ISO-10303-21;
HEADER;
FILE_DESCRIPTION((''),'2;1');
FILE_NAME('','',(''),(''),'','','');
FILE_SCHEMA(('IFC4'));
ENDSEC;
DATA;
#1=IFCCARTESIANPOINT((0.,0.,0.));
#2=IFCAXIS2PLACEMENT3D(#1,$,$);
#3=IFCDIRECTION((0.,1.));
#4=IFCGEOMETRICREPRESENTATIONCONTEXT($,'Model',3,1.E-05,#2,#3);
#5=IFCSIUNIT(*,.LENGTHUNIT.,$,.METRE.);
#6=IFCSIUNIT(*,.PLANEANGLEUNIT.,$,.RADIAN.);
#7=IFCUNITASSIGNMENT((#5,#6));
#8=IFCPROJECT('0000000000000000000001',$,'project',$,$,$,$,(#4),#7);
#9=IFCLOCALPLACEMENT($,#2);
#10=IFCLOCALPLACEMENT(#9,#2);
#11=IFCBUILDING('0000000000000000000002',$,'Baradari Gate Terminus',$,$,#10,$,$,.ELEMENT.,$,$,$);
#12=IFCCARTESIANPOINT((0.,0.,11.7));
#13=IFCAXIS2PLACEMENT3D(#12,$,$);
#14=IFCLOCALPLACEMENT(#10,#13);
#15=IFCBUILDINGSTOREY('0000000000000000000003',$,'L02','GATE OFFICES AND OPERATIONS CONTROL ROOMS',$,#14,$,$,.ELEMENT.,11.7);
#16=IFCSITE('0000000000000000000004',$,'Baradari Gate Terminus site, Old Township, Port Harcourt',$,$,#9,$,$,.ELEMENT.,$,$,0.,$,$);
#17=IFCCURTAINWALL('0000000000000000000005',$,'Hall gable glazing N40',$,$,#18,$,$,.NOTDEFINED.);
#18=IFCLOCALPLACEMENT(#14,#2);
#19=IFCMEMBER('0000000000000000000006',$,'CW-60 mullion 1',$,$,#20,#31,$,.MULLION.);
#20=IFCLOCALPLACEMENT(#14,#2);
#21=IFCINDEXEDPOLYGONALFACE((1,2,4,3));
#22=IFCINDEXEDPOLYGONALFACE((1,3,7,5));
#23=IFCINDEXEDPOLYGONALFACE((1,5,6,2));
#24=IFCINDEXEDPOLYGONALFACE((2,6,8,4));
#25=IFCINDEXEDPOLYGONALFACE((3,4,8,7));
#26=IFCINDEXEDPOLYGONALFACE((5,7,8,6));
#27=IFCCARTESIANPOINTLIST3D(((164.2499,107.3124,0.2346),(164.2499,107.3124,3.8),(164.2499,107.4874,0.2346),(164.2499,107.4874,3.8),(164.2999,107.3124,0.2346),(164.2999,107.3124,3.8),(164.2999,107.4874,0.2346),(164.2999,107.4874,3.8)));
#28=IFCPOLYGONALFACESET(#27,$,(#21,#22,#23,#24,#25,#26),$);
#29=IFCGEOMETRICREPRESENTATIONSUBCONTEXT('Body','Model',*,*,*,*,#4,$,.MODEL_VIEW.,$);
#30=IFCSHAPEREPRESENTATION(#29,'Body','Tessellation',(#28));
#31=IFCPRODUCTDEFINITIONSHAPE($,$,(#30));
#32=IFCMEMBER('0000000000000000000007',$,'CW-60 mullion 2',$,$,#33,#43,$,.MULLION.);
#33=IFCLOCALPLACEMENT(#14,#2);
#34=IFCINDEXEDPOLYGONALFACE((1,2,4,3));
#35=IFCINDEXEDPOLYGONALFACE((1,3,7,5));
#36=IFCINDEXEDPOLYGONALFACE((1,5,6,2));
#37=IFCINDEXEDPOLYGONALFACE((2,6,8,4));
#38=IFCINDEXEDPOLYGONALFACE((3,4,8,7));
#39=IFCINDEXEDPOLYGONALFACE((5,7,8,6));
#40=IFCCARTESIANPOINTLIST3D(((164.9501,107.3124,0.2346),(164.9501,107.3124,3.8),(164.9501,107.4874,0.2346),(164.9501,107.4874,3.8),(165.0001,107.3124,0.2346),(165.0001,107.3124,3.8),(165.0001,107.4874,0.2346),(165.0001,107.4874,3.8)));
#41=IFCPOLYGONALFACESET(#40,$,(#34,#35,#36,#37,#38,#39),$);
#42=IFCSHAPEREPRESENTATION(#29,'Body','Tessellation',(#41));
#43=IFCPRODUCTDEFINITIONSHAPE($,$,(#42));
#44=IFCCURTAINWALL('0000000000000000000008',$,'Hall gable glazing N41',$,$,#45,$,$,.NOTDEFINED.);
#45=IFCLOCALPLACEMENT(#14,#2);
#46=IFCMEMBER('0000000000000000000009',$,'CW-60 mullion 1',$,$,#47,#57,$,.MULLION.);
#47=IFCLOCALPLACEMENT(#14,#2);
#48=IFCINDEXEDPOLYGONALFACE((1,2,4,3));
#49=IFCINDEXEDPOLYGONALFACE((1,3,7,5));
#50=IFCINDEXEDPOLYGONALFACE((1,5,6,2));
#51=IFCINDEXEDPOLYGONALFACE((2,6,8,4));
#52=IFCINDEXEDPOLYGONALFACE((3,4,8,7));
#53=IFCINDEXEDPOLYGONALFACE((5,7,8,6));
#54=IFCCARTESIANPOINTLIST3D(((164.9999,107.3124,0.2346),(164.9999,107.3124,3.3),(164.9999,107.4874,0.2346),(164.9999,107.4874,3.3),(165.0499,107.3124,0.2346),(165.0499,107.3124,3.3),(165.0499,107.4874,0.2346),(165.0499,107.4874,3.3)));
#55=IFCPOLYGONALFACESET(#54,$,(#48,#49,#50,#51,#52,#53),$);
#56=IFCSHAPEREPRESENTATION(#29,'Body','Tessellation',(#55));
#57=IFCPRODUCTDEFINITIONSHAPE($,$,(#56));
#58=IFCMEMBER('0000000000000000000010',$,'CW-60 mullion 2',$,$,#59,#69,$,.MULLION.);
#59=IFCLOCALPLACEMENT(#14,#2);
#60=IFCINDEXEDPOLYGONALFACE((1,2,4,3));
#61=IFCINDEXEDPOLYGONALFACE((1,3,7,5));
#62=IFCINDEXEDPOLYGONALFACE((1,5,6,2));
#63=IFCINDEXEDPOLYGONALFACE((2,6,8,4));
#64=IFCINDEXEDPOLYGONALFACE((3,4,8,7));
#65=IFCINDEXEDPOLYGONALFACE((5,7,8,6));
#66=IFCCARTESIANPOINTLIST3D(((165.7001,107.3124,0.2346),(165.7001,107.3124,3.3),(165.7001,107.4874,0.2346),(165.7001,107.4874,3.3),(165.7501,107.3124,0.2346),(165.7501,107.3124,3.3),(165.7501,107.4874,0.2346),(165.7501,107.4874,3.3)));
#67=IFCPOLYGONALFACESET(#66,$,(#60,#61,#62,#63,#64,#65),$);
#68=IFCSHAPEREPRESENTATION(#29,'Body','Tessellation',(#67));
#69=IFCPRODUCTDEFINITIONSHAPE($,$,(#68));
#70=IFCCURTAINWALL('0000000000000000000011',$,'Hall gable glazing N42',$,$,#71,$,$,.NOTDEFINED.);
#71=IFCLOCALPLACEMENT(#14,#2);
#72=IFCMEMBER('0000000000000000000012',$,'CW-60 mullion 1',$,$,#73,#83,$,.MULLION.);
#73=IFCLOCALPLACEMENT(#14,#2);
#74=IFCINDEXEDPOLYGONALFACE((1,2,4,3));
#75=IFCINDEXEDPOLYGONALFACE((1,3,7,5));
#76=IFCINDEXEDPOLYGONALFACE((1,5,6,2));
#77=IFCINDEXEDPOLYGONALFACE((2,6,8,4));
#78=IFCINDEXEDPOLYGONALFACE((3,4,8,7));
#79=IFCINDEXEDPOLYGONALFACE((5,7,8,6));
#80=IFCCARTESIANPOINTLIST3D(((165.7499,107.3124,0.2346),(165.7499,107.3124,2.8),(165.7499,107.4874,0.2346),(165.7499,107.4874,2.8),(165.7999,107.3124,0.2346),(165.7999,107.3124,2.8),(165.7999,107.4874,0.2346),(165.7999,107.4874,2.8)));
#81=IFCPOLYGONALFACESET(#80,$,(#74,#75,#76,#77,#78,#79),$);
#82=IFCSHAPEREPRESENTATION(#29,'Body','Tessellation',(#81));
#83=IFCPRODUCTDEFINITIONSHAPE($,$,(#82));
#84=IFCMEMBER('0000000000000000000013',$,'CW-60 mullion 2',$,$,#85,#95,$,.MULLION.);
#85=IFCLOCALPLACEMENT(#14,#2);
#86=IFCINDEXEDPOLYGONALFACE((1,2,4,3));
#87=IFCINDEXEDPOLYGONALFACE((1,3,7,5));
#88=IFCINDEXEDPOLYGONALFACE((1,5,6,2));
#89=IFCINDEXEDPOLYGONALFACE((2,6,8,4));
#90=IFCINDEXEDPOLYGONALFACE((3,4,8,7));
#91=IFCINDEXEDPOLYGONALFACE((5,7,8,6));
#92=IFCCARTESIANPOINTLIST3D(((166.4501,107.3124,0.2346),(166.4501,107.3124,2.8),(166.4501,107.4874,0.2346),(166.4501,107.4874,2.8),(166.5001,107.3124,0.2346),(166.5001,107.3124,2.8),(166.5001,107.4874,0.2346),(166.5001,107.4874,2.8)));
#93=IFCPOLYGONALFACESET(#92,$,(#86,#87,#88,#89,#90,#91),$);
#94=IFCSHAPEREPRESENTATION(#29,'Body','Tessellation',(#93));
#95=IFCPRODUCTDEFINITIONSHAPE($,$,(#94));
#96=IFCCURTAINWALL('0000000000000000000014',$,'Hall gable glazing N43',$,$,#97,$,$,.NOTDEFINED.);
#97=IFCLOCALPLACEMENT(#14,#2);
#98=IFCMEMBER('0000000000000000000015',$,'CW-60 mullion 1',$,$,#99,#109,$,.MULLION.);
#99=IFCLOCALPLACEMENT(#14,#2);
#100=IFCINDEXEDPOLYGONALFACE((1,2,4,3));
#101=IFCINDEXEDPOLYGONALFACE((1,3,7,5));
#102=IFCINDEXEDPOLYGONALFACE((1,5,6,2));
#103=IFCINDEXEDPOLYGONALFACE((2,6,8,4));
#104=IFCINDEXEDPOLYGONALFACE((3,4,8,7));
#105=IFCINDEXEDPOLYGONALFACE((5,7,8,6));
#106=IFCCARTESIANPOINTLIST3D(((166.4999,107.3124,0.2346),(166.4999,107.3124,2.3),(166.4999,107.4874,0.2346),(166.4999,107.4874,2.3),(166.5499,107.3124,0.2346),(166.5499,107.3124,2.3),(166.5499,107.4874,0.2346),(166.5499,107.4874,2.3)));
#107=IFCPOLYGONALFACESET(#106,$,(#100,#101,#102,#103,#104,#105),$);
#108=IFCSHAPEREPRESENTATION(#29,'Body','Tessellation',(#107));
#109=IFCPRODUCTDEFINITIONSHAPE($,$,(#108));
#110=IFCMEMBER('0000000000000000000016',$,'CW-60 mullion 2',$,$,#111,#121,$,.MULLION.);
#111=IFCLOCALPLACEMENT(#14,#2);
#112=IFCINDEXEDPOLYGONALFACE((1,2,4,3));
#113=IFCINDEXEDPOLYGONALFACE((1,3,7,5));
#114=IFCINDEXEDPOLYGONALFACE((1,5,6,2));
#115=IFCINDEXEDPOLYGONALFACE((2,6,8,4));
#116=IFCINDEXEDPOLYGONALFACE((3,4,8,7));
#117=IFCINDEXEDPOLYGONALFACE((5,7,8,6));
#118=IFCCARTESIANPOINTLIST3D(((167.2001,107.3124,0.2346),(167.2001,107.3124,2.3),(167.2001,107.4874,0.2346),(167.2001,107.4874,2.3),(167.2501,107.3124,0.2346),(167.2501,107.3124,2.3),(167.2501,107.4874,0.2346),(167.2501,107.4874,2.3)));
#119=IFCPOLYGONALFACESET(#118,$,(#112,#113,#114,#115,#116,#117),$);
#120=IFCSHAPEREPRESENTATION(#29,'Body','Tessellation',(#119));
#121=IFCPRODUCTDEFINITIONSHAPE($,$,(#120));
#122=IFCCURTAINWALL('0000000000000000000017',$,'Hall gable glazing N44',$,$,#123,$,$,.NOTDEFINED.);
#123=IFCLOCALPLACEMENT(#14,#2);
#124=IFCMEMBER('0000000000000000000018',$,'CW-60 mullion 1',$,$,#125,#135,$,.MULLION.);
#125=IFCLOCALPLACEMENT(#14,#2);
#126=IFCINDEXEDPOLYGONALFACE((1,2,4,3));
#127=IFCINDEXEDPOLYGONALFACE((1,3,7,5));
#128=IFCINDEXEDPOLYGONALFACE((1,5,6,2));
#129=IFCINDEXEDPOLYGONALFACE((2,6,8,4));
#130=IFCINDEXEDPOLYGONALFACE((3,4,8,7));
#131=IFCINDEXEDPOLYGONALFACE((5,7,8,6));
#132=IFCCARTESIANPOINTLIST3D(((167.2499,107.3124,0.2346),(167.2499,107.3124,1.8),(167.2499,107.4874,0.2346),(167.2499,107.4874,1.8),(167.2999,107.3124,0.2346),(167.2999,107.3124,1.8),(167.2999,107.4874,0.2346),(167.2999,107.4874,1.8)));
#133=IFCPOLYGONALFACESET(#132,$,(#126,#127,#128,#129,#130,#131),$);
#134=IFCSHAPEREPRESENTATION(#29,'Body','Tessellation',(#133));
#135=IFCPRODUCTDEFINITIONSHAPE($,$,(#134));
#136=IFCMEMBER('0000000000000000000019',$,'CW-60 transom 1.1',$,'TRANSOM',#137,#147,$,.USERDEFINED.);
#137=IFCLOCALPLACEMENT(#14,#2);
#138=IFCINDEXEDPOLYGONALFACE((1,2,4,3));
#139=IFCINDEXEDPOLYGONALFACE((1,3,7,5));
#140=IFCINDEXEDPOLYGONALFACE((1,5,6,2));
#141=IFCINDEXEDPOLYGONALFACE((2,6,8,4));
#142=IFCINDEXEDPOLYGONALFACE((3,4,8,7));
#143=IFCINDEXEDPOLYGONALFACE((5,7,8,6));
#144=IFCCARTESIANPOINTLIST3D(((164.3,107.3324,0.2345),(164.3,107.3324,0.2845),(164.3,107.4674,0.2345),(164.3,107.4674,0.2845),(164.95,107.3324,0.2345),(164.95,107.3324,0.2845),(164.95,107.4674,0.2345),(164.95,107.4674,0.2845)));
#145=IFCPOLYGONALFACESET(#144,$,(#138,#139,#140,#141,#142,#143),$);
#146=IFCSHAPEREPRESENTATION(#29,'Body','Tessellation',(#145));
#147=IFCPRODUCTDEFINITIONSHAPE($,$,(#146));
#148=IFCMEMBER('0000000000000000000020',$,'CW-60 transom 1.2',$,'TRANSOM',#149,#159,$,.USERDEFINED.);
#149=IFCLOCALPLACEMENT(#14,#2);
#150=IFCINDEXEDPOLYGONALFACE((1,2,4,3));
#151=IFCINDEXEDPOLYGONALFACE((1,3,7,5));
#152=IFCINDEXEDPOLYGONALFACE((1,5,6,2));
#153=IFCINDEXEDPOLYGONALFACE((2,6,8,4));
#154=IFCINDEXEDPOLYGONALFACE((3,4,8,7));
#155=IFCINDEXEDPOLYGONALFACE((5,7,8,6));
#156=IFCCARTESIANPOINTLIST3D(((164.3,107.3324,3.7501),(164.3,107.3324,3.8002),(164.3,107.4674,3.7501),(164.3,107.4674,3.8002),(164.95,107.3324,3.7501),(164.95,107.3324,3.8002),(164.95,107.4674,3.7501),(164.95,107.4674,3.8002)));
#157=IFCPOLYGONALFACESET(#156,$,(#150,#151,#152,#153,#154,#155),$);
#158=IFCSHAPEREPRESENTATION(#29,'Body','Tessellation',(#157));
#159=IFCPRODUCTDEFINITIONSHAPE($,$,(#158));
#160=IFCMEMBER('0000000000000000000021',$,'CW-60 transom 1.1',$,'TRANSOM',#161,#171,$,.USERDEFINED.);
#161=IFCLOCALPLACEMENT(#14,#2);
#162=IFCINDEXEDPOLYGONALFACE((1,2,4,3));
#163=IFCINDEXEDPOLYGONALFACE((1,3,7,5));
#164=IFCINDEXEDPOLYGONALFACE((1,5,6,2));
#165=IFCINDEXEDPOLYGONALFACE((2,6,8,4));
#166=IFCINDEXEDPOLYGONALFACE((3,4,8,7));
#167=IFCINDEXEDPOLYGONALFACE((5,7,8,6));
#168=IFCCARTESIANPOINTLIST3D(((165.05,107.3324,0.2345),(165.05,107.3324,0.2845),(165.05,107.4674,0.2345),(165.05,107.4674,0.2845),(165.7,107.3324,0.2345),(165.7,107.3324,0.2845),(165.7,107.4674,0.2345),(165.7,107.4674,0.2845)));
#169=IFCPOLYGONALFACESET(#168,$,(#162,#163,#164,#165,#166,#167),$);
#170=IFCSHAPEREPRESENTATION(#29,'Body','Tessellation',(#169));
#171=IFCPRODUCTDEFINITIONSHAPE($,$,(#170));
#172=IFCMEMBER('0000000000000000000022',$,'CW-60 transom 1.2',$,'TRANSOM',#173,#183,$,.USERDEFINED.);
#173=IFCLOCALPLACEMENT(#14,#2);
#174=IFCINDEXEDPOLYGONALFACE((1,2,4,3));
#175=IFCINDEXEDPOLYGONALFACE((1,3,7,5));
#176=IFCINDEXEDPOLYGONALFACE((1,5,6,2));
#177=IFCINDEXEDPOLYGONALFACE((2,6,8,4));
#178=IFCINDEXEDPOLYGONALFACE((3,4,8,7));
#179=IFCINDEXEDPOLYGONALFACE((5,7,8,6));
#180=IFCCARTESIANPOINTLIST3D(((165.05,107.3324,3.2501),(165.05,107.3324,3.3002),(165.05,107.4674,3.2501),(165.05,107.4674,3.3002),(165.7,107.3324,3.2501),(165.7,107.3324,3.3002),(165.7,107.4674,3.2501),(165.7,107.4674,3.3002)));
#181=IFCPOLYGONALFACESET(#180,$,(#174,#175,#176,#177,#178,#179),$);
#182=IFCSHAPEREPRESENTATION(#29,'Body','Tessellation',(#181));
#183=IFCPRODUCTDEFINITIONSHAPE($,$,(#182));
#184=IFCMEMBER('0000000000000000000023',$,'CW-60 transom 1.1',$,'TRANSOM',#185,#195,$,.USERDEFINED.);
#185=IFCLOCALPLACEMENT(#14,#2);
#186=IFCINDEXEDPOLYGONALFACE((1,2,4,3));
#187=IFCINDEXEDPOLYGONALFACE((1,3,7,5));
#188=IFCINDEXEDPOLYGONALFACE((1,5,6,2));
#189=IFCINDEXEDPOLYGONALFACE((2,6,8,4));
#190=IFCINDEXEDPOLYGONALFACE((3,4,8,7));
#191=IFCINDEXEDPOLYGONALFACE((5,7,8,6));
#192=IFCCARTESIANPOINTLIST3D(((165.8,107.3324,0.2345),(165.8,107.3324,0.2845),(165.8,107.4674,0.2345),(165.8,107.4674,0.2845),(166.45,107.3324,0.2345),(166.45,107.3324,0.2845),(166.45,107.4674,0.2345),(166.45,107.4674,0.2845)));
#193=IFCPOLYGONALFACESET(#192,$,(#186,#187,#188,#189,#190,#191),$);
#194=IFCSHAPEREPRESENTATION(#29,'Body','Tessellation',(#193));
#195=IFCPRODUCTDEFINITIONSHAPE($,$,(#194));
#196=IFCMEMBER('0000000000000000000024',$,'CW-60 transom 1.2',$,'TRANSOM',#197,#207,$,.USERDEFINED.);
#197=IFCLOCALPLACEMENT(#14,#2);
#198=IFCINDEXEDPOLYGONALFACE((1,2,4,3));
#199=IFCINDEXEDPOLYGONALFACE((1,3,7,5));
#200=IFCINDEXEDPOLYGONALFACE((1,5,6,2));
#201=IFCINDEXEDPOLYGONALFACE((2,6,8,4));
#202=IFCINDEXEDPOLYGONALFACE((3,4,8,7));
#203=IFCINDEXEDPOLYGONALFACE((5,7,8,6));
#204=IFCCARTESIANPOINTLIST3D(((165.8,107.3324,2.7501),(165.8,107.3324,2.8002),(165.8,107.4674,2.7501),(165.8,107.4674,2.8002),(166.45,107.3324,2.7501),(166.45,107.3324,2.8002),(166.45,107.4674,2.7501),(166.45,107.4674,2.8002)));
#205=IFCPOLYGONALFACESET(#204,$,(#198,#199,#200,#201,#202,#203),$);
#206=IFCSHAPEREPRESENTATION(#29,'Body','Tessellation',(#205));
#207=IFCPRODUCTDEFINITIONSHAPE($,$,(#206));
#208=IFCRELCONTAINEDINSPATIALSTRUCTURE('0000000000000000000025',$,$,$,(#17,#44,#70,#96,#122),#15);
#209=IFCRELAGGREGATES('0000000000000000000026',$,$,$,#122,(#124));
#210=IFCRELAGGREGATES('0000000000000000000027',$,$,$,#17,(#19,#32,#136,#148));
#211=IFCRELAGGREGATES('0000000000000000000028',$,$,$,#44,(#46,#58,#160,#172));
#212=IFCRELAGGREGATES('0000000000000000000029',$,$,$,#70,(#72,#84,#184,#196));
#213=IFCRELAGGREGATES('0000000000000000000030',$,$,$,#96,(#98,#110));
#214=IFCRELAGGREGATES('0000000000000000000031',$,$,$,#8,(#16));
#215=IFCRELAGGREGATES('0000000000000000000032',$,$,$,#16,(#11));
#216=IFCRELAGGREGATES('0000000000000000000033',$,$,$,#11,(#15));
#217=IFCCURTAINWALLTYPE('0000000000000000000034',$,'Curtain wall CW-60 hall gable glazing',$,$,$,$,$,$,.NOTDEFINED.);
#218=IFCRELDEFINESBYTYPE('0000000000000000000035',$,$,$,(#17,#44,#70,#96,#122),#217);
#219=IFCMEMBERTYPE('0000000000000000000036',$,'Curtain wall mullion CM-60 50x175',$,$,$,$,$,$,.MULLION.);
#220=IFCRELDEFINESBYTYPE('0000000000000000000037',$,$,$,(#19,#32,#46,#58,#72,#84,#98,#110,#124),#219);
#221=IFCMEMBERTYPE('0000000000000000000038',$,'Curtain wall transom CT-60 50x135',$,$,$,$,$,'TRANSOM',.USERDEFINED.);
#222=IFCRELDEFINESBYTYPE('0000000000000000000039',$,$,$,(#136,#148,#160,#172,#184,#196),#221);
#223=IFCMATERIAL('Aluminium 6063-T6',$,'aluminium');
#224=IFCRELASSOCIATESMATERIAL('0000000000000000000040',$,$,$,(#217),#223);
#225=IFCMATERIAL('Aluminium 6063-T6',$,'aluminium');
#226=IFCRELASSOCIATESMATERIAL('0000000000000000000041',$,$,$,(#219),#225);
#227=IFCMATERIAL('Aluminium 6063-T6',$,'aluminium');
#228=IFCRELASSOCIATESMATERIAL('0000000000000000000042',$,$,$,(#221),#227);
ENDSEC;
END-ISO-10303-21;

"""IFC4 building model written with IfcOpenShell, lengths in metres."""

from ifc_helpers import new_model, si_unit, direction, frame, origin, origin_2d, place, context, subcontext, project, spatial, rectangle, extrude, material, material_profile, profile_set, type_object, element, aggregate, save


model = new_model("IFC4")

# Units and contexts
model_context = context("Model", 3, precision=1e-05, world=origin(), true_north=direction((0.0, 1.0)))
body_context = subcontext(model_context, "Body", "Model", "MODEL_VIEW")
ifc_project = project(units=[si_unit("LENGTHUNIT", "METRE"), si_unit("PLANEANGLEUNIT", "RADIAN")], contexts=[model_context])

# Site, building, storey
site_placement = place(None, origin())
site = spatial("IfcSite", under=ifc_project, at=site_placement, Name="Baradari Gate Terminus site, Old Township, Port Harcourt", CompositionType="ELEMENT", RefElevation=0.0)
building_placement = place(site_placement, origin())
building = spatial("IfcBuilding", under=site, at=building_placement, Name="Baradari Gate Terminus", CompositionType="ELEMENT")
storey_placement = place(building_placement, frame((0.0, 0.0, 11.7)))
storey = spatial("IfcBuildingStorey", under=building, at=storey_placement, Name="L02", Description="GATE OFFICES AND OPERATIONS CONTROL ROOMS", CompositionType="ELEMENT", Elevation=11.7)

# Curtain walls, members
ifc_material_1 = material(Name="Aluminium 6063-T6", Category="aluminium")
curtain_wall_type = type_object("IfcCurtainWallType", Name="Curtain wall CW-60 hall gable glazing", PredefinedType="NOTDEFINED", material=ifc_material_1)
curtain_wall_1_placement = place(storey_placement, origin())
curtain_wall_1 = element("IfcCurtainWall", 1, at=curtain_wall_1_placement, inside=storey, type_object=curtain_wall_type, Name="Hall gable glazing N40", PredefinedType="NOTDEFINED")
ifc_material_2 = material(Name="Aluminium 6063-T6", Category="aluminium")
ifc_material_profile_1 = material_profile(ifc_material_2, rectangle(XDim=0.175, YDim=0.05, at=origin_2d()), Name="CM-60 50X175")
ifc_profile_set_1 = profile_set([ifc_material_profile_1], Name="Aluminium 6063-T6")
member_type_1 = type_object("IfcMemberType", Name="Curtain wall mullion CM-60 50x175", PredefinedType="MULLION", material=ifc_profile_set_1)
member_1_placement = place(storey_placement, frame((164.2749, 107.3999, 0.2346), z_axis=(0.0, 0.0, 1.0), x_axis=(0.0, 1.0, 0.0)))
member_1 = element("IfcMember", 2, at=member_1_placement, type_object=member_type_1, Name="CW-60 mullion 1", PredefinedType="MULLION", context=body_context, shape_type="SweptSolid", body=[
    extrude(rectangle(XDim=0.175, YDim=0.05, at=origin_2d()), origin(), (0.0, 0.0, 1.0), 3.5654),
])
member_2_placement = place(storey_placement, frame((164.9751, 107.3999, 0.2346), z_axis=(0.0, 0.0, 1.0), x_axis=(0.0, 1.0, 0.0)))
member_2 = element("IfcMember", 3, at=member_2_placement, type_object=member_type_1, Name="CW-60 mullion 2", PredefinedType="MULLION", context=body_context, shape_type="SweptSolid", body=[
    extrude(rectangle(XDim=0.175, YDim=0.05, at=origin_2d()), origin(), (0.0, 0.0, 1.0), 3.5654),
])
curtain_wall_2_placement = place(storey_placement, origin())
curtain_wall_2 = element("IfcCurtainWall", 4, at=curtain_wall_2_placement, inside=storey, type_object=curtain_wall_type, Name="Hall gable glazing N41", PredefinedType="NOTDEFINED")
member_3_placement = place(storey_placement, frame((165.0249, 107.3999, 0.2346), z_axis=(0.0, 0.0, 1.0), x_axis=(0.0, 1.0, 0.0)))
member_3 = element("IfcMember", 5, at=member_3_placement, type_object=member_type_1, Name="CW-60 mullion 1", PredefinedType="MULLION", context=body_context, shape_type="SweptSolid", body=[
    extrude(rectangle(XDim=0.175, YDim=0.05, at=origin_2d()), origin(), (0.0, 0.0, 1.0), 3.0654),
])
member_4_placement = place(storey_placement, frame((165.7251, 107.3999, 0.2346), z_axis=(0.0, 0.0, 1.0), x_axis=(0.0, 1.0, 0.0)))
member_4 = element("IfcMember", 6, at=member_4_placement, type_object=member_type_1, Name="CW-60 mullion 2", PredefinedType="MULLION", context=body_context, shape_type="SweptSolid", body=[
    extrude(rectangle(XDim=0.175, YDim=0.05, at=origin_2d()), origin(), (0.0, 0.0, 1.0), 3.0654),
])
curtain_wall_3_placement = place(storey_placement, origin())
curtain_wall_3 = element("IfcCurtainWall", 7, at=curtain_wall_3_placement, inside=storey, type_object=curtain_wall_type, Name="Hall gable glazing N42", PredefinedType="NOTDEFINED")
member_5_placement = place(storey_placement, frame((165.7749, 107.3999, 0.2346), z_axis=(0.0, 0.0, 1.0), x_axis=(0.0, 1.0, 0.0)))
member_5 = element("IfcMember", 8, at=member_5_placement, type_object=member_type_1, Name="CW-60 mullion 1", PredefinedType="MULLION", context=body_context, shape_type="SweptSolid", body=[
    extrude(rectangle(XDim=0.175, YDim=0.05, at=origin_2d()), origin(), (0.0, 0.0, 1.0), 2.5654),
])
member_6_placement = place(storey_placement, frame((166.4751, 107.3999, 0.2346), z_axis=(0.0, 0.0, 1.0), x_axis=(0.0, 1.0, 0.0)))
member_6 = element("IfcMember", 9, at=member_6_placement, type_object=member_type_1, Name="CW-60 mullion 2", PredefinedType="MULLION", context=body_context, shape_type="SweptSolid", body=[
    extrude(rectangle(XDim=0.175, YDim=0.05, at=origin_2d()), origin(), (0.0, 0.0, 1.0), 2.5654),
])
curtain_wall_4_placement = place(storey_placement, origin())
curtain_wall_4 = element("IfcCurtainWall", 10, at=curtain_wall_4_placement, inside=storey, type_object=curtain_wall_type, Name="Hall gable glazing N43", PredefinedType="NOTDEFINED")
member_7_placement = place(storey_placement, frame((166.5249, 107.3999, 0.2346), z_axis=(0.0, 0.0, 1.0), x_axis=(0.0, 1.0, 0.0)))
member_7 = element("IfcMember", 11, at=member_7_placement, type_object=member_type_1, Name="CW-60 mullion 1", PredefinedType="MULLION", context=body_context, shape_type="SweptSolid", body=[
    extrude(rectangle(XDim=0.175, YDim=0.05, at=origin_2d()), origin(), (0.0, 0.0, 1.0), 2.0654),
])
member_8_placement = place(storey_placement, frame((167.2251, 107.3999, 0.2346), z_axis=(0.0, 0.0, 1.0), x_axis=(0.0, 1.0, 0.0)))
member_8 = element("IfcMember", 12, at=member_8_placement, type_object=member_type_1, Name="CW-60 mullion 2", PredefinedType="MULLION", context=body_context, shape_type="SweptSolid", body=[
    extrude(rectangle(XDim=0.175, YDim=0.05, at=origin_2d()), origin(), (0.0, 0.0, 1.0), 2.0654),
])

# Curtain wall, member
curtain_wall_5_placement = place(storey_placement, origin())
curtain_wall_5 = element("IfcCurtainWall", 13, at=curtain_wall_5_placement, inside=storey, type_object=curtain_wall_type, Name="Hall gable glazing N44", PredefinedType="NOTDEFINED")
member_9_placement = place(storey_placement, frame((167.2749, 107.3999, 0.2346), z_axis=(0.0, 0.0, 1.0), x_axis=(0.0, 1.0, 0.0)))
member_9 = element("IfcMember", 14, at=member_9_placement, type_object=member_type_1, Name="CW-60 mullion 1", PredefinedType="MULLION", context=body_context, shape_type="SweptSolid", body=[
    extrude(rectangle(XDim=0.175, YDim=0.05, at=origin_2d()), origin(), (0.0, 0.0, 1.0), 1.5654),
])

# Members
ifc_material_3 = material(Name="Aluminium 6063-T6", Category="aluminium")
ifc_material_profile_2 = material_profile(ifc_material_3, rectangle(XDim=0.135, YDim=0.05, at=origin_2d()), Name="CT-60 50X135")
ifc_profile_set_2 = profile_set([ifc_material_profile_2], Name="Aluminium 6063-T6")
member_type_2 = type_object("IfcMemberType", Name="Curtain wall transom CT-60 50x135", ElementType="TRANSOM", PredefinedType="USERDEFINED", material=ifc_profile_set_2)
member_10_placement = place(storey_placement, frame((164.3, 107.3999, 0.2595), z_axis=(1.0, 0.0, 0.0), x_axis=(0.0, 1.0, 0.0)))
member_10 = element("IfcMember", 15, at=member_10_placement, type_object=member_type_2, Name="CW-60 transom 1.1", ObjectType="TRANSOM", PredefinedType="USERDEFINED", context=body_context, shape_type="SweptSolid", body=[
    extrude(rectangle(XDim=0.135, YDim=0.05, at=origin_2d()), origin(), (0.0, 0.0, 1.0), 0.6499),
])
member_11_placement = place(storey_placement, frame((164.3, 107.3999, 3.7751), z_axis=(1.0, 0.0, 0.0), x_axis=(0.0, 1.0, 0.0)))
member_11 = element("IfcMember", 16, at=member_11_placement, type_object=member_type_2, Name="CW-60 transom 1.2", ObjectType="TRANSOM", PredefinedType="USERDEFINED", context=body_context, shape_type="SweptSolid", body=[
    extrude(rectangle(XDim=0.135, YDim=0.05, at=origin_2d()), origin(), (0.0, 0.0, 1.0), 0.6499),
])
member_12_placement = place(storey_placement, frame((165.05, 107.3999, 0.2595), z_axis=(1.0, 0.0, 0.0), x_axis=(0.0, 1.0, 0.0)))
member_12 = element("IfcMember", 17, at=member_12_placement, type_object=member_type_2, Name="CW-60 transom 1.1", ObjectType="TRANSOM", PredefinedType="USERDEFINED", context=body_context, shape_type="SweptSolid", body=[
    extrude(rectangle(XDim=0.135, YDim=0.05, at=origin_2d()), origin(), (0.0, 0.0, 1.0), 0.6499),
])
member_13_placement = place(storey_placement, frame((165.05, 107.3999, 3.2751), z_axis=(1.0, 0.0, 0.0), x_axis=(0.0, 1.0, 0.0)))
member_13 = element("IfcMember", 18, at=member_13_placement, type_object=member_type_2, Name="CW-60 transom 1.2", ObjectType="TRANSOM", PredefinedType="USERDEFINED", context=body_context, shape_type="SweptSolid", body=[
    extrude(rectangle(XDim=0.135, YDim=0.05, at=origin_2d()), origin(), (0.0, 0.0, 1.0), 0.6499),
])
member_14_placement = place(storey_placement, frame((165.8, 107.3999, 0.2595), z_axis=(1.0, 0.0, 0.0), x_axis=(0.0, 1.0, 0.0)))
member_14 = element("IfcMember", 19, at=member_14_placement, type_object=member_type_2, Name="CW-60 transom 1.1", ObjectType="TRANSOM", PredefinedType="USERDEFINED", context=body_context, shape_type="SweptSolid", body=[
    extrude(rectangle(XDim=0.135, YDim=0.05, at=origin_2d()), origin(), (0.0, 0.0, 1.0), 0.6499),
])
member_15_placement = place(storey_placement, frame((165.8, 107.3999, 2.7751), z_axis=(1.0, 0.0, 0.0), x_axis=(0.0, 1.0, 0.0)))
member_15 = element("IfcMember", 20, at=member_15_placement, type_object=member_type_2, Name="CW-60 transom 1.2", ObjectType="TRANSOM", PredefinedType="USERDEFINED", context=body_context, shape_type="SweptSolid", body=[
    extrude(rectangle(XDim=0.135, YDim=0.05, at=origin_2d()), origin(), (0.0, 0.0, 1.0), 0.6499),
])
aggregate(curtain_wall_5, [member_9])

aggregate(curtain_wall_1, [member_1, member_2, member_10, member_11])
aggregate(curtain_wall_2, [member_3, member_4, member_12, member_13])
aggregate(curtain_wall_3, [member_5, member_6, member_14, member_15])
aggregate(curtain_wall_4, [member_7, member_8])

save(model, "model.ifc")
